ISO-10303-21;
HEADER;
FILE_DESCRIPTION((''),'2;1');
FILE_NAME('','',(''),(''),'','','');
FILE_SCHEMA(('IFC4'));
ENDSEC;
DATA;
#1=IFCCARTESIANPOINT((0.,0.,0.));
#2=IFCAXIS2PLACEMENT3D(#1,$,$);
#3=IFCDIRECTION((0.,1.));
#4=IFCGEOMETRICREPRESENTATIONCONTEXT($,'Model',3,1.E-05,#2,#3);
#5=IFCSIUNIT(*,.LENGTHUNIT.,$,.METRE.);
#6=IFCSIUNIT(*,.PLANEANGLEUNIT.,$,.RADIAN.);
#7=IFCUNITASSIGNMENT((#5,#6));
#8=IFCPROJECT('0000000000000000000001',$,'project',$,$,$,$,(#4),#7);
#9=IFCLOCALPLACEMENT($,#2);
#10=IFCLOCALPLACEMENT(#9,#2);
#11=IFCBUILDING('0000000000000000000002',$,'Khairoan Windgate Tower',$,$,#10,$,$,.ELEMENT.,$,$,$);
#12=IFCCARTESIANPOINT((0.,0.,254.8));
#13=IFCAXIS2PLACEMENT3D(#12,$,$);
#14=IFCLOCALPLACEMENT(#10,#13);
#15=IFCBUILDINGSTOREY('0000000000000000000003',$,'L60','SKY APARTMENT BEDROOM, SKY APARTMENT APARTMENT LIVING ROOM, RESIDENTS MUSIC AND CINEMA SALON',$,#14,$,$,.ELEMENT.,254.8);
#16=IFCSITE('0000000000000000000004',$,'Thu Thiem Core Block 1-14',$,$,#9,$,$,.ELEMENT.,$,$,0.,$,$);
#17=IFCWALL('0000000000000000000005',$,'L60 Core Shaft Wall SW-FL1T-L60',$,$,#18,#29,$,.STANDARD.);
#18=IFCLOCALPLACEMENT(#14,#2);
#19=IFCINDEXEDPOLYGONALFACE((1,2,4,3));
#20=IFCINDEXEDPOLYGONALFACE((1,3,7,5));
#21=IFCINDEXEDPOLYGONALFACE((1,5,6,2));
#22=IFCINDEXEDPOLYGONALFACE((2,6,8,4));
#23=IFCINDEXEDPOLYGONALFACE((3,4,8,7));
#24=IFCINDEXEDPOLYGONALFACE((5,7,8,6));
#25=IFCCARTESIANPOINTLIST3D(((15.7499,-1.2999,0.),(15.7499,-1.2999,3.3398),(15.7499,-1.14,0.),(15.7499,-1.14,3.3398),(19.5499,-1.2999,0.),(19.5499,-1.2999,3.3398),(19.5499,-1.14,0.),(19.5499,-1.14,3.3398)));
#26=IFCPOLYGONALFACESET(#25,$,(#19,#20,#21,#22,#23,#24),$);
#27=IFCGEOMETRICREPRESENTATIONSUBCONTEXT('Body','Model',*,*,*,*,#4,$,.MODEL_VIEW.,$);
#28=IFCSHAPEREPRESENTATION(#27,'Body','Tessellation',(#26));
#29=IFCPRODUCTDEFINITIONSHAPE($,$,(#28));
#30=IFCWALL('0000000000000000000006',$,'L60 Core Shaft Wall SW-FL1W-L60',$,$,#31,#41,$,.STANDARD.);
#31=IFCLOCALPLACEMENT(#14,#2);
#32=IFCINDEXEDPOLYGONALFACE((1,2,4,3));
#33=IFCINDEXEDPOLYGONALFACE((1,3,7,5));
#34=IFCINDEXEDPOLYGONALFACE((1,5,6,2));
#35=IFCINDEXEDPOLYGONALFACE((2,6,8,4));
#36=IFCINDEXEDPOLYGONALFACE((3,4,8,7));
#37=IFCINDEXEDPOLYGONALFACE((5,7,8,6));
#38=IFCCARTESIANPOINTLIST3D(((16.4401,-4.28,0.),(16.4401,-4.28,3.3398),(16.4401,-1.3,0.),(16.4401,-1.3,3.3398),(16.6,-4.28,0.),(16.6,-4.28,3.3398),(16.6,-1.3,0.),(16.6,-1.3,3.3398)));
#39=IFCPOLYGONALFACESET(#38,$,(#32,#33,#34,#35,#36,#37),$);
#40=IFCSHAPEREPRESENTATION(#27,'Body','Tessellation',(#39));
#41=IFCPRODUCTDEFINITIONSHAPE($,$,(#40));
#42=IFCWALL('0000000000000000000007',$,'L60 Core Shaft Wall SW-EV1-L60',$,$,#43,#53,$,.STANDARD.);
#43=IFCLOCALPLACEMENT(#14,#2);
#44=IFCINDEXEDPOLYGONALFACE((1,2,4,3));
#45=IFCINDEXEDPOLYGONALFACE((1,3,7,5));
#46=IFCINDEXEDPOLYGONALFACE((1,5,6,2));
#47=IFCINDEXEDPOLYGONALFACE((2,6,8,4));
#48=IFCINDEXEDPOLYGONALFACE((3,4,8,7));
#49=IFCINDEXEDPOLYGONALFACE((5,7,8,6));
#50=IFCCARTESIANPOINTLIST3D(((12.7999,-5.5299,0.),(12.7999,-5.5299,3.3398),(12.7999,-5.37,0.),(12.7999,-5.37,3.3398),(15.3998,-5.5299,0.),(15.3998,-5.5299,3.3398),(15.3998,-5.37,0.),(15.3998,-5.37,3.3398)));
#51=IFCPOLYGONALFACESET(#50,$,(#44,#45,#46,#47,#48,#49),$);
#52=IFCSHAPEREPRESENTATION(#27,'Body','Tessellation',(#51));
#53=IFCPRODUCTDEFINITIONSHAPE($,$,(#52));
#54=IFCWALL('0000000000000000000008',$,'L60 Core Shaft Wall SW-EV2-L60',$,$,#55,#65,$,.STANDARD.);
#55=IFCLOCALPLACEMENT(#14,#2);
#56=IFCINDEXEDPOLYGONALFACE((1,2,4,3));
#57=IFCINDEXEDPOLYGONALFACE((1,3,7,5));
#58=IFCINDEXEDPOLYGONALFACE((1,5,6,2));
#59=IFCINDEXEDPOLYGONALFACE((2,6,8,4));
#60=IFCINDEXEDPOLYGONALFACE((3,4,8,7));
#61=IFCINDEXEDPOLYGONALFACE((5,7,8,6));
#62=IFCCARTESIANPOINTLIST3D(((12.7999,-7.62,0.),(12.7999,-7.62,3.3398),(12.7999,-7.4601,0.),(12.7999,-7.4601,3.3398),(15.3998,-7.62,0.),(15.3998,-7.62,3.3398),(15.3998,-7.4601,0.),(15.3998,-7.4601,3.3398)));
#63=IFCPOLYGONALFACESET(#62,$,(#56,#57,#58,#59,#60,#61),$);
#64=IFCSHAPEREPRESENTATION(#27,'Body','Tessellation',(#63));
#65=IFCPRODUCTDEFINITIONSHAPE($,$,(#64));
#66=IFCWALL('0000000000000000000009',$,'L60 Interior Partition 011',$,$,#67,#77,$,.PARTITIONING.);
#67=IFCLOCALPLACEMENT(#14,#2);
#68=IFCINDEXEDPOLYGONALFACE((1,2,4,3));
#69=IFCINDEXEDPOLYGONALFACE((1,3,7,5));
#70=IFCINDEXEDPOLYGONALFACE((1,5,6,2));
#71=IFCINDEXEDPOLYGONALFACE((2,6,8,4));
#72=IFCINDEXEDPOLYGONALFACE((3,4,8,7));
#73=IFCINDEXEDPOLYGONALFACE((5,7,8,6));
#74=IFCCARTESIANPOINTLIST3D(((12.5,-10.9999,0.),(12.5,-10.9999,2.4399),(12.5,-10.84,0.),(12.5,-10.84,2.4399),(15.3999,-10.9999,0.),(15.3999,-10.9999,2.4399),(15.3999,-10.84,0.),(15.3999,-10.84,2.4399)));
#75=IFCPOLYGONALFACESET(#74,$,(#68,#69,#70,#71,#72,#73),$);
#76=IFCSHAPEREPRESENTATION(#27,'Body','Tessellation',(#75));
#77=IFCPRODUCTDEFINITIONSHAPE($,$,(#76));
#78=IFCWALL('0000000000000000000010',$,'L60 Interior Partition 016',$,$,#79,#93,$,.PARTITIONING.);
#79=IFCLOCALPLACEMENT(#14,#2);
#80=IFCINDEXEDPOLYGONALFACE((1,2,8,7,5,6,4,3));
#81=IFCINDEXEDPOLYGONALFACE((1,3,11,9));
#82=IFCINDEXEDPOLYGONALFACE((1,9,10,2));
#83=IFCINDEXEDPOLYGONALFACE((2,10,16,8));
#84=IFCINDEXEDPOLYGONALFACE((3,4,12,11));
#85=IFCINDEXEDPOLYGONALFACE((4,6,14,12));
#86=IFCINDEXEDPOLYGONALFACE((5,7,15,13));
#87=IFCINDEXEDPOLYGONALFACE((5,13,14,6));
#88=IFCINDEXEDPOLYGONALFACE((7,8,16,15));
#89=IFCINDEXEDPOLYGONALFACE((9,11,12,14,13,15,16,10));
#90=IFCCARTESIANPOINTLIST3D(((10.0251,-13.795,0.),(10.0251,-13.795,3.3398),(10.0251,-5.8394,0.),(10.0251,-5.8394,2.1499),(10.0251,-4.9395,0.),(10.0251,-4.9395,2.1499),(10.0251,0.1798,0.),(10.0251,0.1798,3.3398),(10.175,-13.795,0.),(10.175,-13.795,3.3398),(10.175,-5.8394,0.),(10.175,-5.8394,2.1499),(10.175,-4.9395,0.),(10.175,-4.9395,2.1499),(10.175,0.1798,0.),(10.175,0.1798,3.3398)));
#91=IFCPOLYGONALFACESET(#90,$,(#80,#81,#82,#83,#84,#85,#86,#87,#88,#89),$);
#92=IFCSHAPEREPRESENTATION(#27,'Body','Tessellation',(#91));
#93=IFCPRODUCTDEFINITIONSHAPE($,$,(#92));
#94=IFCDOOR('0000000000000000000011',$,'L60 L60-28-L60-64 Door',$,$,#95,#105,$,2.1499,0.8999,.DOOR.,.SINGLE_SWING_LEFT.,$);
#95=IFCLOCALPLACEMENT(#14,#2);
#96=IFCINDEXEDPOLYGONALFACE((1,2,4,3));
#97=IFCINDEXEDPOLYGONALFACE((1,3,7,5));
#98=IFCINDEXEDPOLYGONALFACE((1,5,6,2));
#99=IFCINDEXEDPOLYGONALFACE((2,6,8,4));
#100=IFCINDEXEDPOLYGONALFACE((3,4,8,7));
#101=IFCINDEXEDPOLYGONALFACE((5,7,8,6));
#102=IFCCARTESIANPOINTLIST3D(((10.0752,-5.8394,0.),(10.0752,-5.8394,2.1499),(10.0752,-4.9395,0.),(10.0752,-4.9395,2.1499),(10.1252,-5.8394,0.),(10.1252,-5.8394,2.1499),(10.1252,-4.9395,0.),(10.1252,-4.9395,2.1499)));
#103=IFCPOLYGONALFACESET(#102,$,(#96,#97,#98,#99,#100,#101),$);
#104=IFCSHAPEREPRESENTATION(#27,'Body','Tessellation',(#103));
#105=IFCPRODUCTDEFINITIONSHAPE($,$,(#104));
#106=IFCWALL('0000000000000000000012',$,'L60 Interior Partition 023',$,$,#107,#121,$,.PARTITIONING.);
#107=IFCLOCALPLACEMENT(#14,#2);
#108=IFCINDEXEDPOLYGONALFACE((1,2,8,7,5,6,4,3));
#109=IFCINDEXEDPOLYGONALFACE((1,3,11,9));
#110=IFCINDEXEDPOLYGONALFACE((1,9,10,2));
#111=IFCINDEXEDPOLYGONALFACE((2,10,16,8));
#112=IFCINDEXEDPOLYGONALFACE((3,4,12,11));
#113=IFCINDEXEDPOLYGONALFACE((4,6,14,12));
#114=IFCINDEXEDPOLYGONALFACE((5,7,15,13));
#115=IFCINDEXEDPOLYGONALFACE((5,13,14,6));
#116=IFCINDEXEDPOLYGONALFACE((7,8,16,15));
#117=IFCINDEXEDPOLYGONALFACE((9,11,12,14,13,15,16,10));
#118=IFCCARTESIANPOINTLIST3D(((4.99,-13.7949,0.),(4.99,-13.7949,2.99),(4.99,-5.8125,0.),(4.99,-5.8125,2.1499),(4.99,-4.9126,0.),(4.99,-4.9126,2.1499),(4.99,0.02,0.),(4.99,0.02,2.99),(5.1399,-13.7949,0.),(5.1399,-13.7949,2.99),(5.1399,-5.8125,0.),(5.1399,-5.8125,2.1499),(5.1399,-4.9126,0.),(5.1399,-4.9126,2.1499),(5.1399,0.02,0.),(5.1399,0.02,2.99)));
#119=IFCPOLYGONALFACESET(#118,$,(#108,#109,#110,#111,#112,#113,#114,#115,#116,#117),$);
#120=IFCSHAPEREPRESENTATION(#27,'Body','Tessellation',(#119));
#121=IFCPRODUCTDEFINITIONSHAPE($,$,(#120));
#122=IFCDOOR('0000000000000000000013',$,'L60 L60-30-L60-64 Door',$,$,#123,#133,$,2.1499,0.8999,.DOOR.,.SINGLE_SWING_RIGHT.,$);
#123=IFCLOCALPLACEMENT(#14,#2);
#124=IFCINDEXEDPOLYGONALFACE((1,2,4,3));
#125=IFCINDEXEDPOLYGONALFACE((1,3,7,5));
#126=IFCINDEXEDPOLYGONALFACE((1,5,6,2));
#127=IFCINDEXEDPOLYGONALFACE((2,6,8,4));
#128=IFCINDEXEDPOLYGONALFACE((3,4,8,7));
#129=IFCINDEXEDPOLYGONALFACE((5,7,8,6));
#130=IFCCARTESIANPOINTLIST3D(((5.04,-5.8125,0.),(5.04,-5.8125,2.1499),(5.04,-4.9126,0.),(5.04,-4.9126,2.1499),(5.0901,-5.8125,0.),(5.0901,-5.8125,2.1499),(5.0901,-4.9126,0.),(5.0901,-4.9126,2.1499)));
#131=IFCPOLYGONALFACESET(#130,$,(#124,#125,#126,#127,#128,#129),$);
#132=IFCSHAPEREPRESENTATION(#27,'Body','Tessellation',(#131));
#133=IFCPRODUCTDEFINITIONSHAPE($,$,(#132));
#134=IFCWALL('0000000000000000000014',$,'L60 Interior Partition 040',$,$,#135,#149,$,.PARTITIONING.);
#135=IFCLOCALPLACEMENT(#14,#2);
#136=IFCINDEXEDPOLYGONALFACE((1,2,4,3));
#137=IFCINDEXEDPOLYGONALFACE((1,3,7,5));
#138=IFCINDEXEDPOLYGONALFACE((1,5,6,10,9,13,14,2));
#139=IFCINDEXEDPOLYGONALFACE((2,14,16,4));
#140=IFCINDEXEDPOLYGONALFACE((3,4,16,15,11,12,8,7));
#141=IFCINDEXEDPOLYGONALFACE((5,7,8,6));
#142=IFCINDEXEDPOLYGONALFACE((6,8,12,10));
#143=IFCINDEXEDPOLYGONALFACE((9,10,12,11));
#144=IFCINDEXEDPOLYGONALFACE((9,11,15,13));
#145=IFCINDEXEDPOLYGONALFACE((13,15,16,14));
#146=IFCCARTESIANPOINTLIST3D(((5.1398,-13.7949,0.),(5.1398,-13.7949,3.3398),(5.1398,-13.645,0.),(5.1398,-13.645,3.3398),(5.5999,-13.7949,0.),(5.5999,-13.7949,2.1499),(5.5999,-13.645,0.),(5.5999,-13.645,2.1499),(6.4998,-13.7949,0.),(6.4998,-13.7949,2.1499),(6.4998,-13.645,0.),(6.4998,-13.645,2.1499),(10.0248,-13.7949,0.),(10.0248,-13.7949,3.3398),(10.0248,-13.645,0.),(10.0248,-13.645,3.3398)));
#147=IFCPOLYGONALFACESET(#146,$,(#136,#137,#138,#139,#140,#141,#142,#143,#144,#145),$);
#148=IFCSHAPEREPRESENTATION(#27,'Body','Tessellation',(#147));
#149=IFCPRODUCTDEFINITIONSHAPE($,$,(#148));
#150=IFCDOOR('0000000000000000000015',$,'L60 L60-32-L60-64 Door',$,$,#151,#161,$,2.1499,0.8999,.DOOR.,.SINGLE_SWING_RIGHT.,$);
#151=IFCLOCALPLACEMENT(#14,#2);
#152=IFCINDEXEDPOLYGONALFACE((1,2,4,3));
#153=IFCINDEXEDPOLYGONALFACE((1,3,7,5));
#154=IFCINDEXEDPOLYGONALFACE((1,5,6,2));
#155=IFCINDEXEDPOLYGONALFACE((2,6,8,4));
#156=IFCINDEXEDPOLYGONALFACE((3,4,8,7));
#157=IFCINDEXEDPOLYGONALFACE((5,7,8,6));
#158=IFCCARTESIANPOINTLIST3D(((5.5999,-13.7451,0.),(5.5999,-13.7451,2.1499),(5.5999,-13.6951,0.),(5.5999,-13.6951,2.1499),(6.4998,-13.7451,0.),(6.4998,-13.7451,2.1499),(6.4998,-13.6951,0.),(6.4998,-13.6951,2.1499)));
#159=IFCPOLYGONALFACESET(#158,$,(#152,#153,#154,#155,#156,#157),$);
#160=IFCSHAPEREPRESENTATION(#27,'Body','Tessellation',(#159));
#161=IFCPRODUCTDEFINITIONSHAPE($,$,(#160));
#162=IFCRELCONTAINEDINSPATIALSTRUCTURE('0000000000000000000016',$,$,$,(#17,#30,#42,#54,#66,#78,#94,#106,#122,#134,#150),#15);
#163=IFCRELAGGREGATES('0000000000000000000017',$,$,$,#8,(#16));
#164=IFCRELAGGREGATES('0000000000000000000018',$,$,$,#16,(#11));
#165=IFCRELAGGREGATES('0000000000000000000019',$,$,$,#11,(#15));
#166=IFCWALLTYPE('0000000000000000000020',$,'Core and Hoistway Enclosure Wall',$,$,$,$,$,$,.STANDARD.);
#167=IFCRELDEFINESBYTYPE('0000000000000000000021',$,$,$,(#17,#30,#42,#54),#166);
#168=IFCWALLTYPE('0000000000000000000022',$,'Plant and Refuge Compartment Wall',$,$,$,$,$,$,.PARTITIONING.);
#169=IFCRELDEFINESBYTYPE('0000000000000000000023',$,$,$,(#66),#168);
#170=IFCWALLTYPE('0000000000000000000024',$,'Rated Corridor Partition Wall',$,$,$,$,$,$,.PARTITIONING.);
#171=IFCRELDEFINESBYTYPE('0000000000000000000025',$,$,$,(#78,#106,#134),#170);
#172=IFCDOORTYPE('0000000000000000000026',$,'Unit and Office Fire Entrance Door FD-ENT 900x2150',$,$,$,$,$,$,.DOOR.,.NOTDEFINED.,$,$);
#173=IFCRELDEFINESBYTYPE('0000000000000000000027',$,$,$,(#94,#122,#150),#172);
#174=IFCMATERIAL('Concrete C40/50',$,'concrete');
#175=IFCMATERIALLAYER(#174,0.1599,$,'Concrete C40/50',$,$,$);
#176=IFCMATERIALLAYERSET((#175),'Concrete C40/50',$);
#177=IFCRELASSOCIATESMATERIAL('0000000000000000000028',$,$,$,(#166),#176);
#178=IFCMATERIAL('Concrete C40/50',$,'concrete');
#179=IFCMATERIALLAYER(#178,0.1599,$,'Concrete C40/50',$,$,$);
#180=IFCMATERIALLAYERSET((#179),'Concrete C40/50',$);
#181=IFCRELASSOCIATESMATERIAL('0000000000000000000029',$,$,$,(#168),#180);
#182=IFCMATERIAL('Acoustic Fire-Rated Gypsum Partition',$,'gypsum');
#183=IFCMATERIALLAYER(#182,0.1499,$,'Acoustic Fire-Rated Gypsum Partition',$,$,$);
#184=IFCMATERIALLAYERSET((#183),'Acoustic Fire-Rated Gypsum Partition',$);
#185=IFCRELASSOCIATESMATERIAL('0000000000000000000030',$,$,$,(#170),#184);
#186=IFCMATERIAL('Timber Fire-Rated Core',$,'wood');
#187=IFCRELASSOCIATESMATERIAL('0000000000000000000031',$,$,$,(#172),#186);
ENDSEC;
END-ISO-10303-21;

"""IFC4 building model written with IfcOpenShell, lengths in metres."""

from ifc_helpers import new_model, si_unit, direction, frame, frame_2d, origin, place, context, subcontext, project, spatial, rectangle, extrude, material, layer, layer_set, type_object, element, fill, save


model = new_model("IFC4")

# Units and contexts
model_context = context("Model", 3, precision=1e-05, world=origin(), true_north=direction((0.0, 1.0)))
body_context = subcontext(model_context, "Body", "Model", "MODEL_VIEW")
ifc_project = project(units=[si_unit("LENGTHUNIT", "METRE"), si_unit("PLANEANGLEUNIT", "RADIAN")], contexts=[model_context])

# Site, building, storey
site_placement = place(None, origin())
site = spatial("IfcSite", under=ifc_project, at=site_placement, Name="Thu Thiem Core Block 1-14", CompositionType="ELEMENT", RefElevation=0.0)
building_placement = place(site_placement, origin())
building = spatial("IfcBuilding", under=site, at=building_placement, Name="Khairoan Windgate Tower", CompositionType="ELEMENT")
storey_placement = place(building_placement, frame((0.0, 0.0, 254.8)))
storey = spatial("IfcBuildingStorey", under=building, at=storey_placement, Name="L60", Description="SKY APARTMENT BEDROOM, SKY APARTMENT APARTMENT LIVING ROOM, RESIDENTS MUSIC AND CINEMA SALON", CompositionType="ELEMENT", Elevation=254.8)

# Shared definitions
ifc_material_1 = material(Name="Concrete C40/50", Category="concrete")
ifc_layer_1 = layer(ifc_material_1, 0.1599, Name="Concrete C40/50")
ifc_layer_set_1 = layer_set([ifc_layer_1], Name="Concrete C40/50")
wall_type_1 = type_object("IfcWallType", Name="Core and Hoistway Enclosure Wall", PredefinedType="STANDARD", material=ifc_layer_set_1)

# Walls
wall_1_placement = place(storey_placement, frame((15.75, -1.22, 0.0), z_axis=(0.0, 0.0, 1.0), x_axis=(1.0, 0.0, 0.0)))
element("IfcWall", 1, at=wall_1_placement, inside=storey, type_object=wall_type_1, Name="L60 Core Shaft Wall SW-FL1T-L60", PredefinedType="STANDARD", context=body_context, shape_type="SweptSolid", body=[
    extrude(rectangle(XDim=3.8, YDim=0.1599, at=frame_2d((1.8999, 0.0))), origin(), (0.0, 0.0, 1.0), 3.3398),
])
wall_2_placement = place(storey_placement, frame((16.52, -4.28, 0.0), z_axis=(0.0, 0.0, 1.0), x_axis=(0.0, 1.0, 0.0)))
element("IfcWall", 2, at=wall_2_placement, inside=storey, type_object=wall_type_1, Name="L60 Core Shaft Wall SW-FL1W-L60", PredefinedType="STANDARD", context=body_context, shape_type="SweptSolid", body=[
    extrude(rectangle(XDim=2.98, YDim=0.1599, at=frame_2d((1.49, 0.0))), origin(), (0.0, 0.0, 1.0), 3.3398),
])
for number, where, z_axis, x_axis, name in (
    (3, (12.8, -5.45, 0.0), (0.0, 0.0, 1.0), (1.0, 0.0, 0.0), "L60 Core Shaft Wall SW-EV1-L60"),
    (4, (12.8, -7.54, 0.0), (0.0, 0.0, 1.0), (1.0, 0.0, 0.0), "L60 Core Shaft Wall SW-EV2-L60"),
):
    element("IfcWall", number, at=place(storey_placement, frame(where, z_axis=z_axis, x_axis=x_axis)), inside=storey, type_object=wall_type_1, Name=name, PredefinedType="STANDARD", context=body_context, shape_type="SweptSolid", body=[
        extrude(rectangle(XDim=2.5999, YDim=0.1599, at=frame_2d((1.2998, 0.0))), origin(), (0.0, 0.0, 1.0), 3.3398),
    ])
ifc_material_2 = material(Name="Concrete C40/50", Category="concrete")
ifc_layer_2 = layer(ifc_material_2, 0.1599, Name="Concrete C40/50")
ifc_layer_set_2 = layer_set([ifc_layer_2], Name="Concrete C40/50")
wall_type_2 = type_object("IfcWallType", Name="Plant and Refuge Compartment Wall", PredefinedType="PARTITIONING", material=ifc_layer_set_2)
wall_3_placement = place(storey_placement, frame((12.5, -10.9199, 0.0), z_axis=(0.0, 0.0, 1.0), x_axis=(1.0, 0.0, 0.0)))
element("IfcWall", 5, at=wall_3_placement, inside=storey, type_object=wall_type_2, Name="L60 Interior Partition 011", PredefinedType="PARTITIONING", context=body_context, shape_type="SweptSolid", body=[
    extrude(rectangle(XDim=2.8999, YDim=0.1599, at=frame_2d((1.45, 0.0))), origin(), (0.0, 0.0, 1.0), 2.4399),
])

# Walls, openings, doors
ifc_material_3 = material(Name="Acoustic Fire-Rated Gypsum Partition", Category="gypsum")
ifc_layer_3 = layer(ifc_material_3, 0.1499, Name="Acoustic Fire-Rated Gypsum Partition")
ifc_layer_set_3 = layer_set([ifc_layer_3], Name="Acoustic Fire-Rated Gypsum Partition")
wall_type_3 = type_object("IfcWallType", Name="Rated Corridor Partition Wall", PredefinedType="PARTITIONING", material=ifc_layer_set_3)
wall_4_placement = place(storey_placement, frame((10.1001, -13.7949, 0.0), z_axis=(0.0, 0.0, 1.0), x_axis=(0.0, 1.0, 0.0)))
wall_4 = element("IfcWall", 6, at=wall_4_placement, inside=storey, type_object=wall_type_3, Name="L60 Interior Partition 016", PredefinedType="PARTITIONING", context=body_context, shape_type="SweptSolid", body=[
    extrude(rectangle(XDim=13.9749, YDim=0.1499, at=frame_2d((6.9873, 0.0))), origin(), (0.0, 0.0, 1.0), 3.3398),
])
opening_1_placement = place(wall_4_placement, frame((7.9556, 0.0, 0.0)))
opening_1 = element("IfcOpeningElement", 7, at=opening_1_placement, cuts=wall_4, PredefinedType="OPENING", context=body_context, shape_type="SweptSolid", body=[
    extrude(rectangle(XDim=0.8999, YDim=2.1499, at=frame_2d((0.45, 1.075))), frame((0.0, 0.085, 0.0), z_axis=(0.0, -1.0, 0.0), x_axis=(1.0, 0.0, 0.0)), (0.0, 0.0, 1.0), 0.1699),
])
ifc_material_4 = material(Name="Timber Fire-Rated Core", Category="wood")
door_type_1 = type_object("IfcDoorType", Name="Unit and Office Fire Entrance Door FD-ENT 900x2150", OperationType="NOTDEFINED", PredefinedType="DOOR", material=ifc_material_4)
door_1_placement = place(opening_1_placement, origin())
door_1 = element("IfcDoor", 8, at=door_1_placement, inside=storey, type_object=door_type_1, Name="L60 L60-28-L60-64 Door", OperationType="SINGLE_SWING_LEFT", OverallHeight=2.1499, OverallWidth=0.8999, PredefinedType="DOOR", context=body_context, shape_type="SweptSolid", body=[
    extrude(rectangle(XDim=0.8999, YDim=2.1499, at=frame_2d((0.45, 1.075))), frame((0.0, 0.0249, 0.0), z_axis=(0.0, -1.0, 0.0), x_axis=(1.0, 0.0, 0.0)), (0.0, 0.0, 1.0), 0.05),
])
fill(opening_1, door_1)
wall_5_placement = place(storey_placement, frame((5.0649, -13.7949, 0.0), z_axis=(0.0, 0.0, 1.0), x_axis=(0.0, 1.0, 0.0)))
wall_5 = element("IfcWall", 9, at=wall_5_placement, inside=storey, type_object=wall_type_3, Name="L60 Interior Partition 023", PredefinedType="PARTITIONING", context=body_context, shape_type="SweptSolid", body=[
    extrude(rectangle(XDim=13.8149, YDim=0.1499, at=frame_2d((6.9075, 0.0))), origin(), (0.0, 0.0, 1.0), 2.99),
])
opening_2_placement = place(wall_5_placement, frame((7.9824, 0.0, 0.0)))
opening_2 = element("IfcOpeningElement", 10, at=opening_2_placement, cuts=wall_5, PredefinedType="OPENING", context=body_context, shape_type="SweptSolid", body=[
    extrude(rectangle(XDim=0.8999, YDim=2.1499, at=frame_2d((0.45, 1.075))), frame((0.0, 0.085, 0.0), z_axis=(0.0, -1.0, 0.0), x_axis=(1.0, 0.0, 0.0)), (0.0, 0.0, 1.0), 0.1699),
])
door_2_placement = place(opening_2_placement, origin())
door_2 = element("IfcDoor", 11, at=door_2_placement, inside=storey, type_object=door_type_1, Name="L60 L60-30-L60-64 Door", OperationType="SINGLE_SWING_RIGHT", OverallHeight=2.1499, OverallWidth=0.8999, PredefinedType="DOOR", context=body_context, shape_type="SweptSolid", body=[
    extrude(rectangle(XDim=0.8999, YDim=2.1499, at=frame_2d((0.45, 1.075))), frame((0.0, 0.0249, 0.0), z_axis=(0.0, -1.0, 0.0), x_axis=(1.0, 0.0, 0.0)), (0.0, 0.0, 1.0), 0.05),
])
fill(opening_2, door_2)
wall_6_placement = place(storey_placement, frame((5.1399, -13.72, 0.0), z_axis=(0.0, 0.0, 1.0), x_axis=(1.0, 0.0, 0.0)))
wall_6 = element("IfcWall", 12, at=wall_6_placement, inside=storey, type_object=wall_type_3, Name="L60 Interior Partition 040", PredefinedType="PARTITIONING", context=body_context, shape_type="SweptSolid", body=[
    extrude(rectangle(XDim=4.885, YDim=0.1499, at=frame_2d((2.4424, 0.0))), origin(), (0.0, 0.0, 1.0), 3.3398),
])
opening_3_placement = place(wall_6_placement, frame((0.46, 0.0, 0.0)))
opening_3 = element("IfcOpeningElement", 13, at=opening_3_placement, cuts=wall_6, PredefinedType="OPENING", context=body_context, shape_type="SweptSolid", body=[
    extrude(rectangle(XDim=0.8999, YDim=2.1499, at=frame_2d((0.45, 1.075))), frame((0.0, 0.085, 0.0), z_axis=(0.0, -1.0, 0.0), x_axis=(1.0, 0.0, 0.0)), (0.0, 0.0, 1.0), 0.1699),
])
door_3_placement = place(opening_3_placement, origin())
door_3 = element("IfcDoor", 14, at=door_3_placement, inside=storey, type_object=door_type_1, Name="L60 L60-32-L60-64 Door", OperationType="SINGLE_SWING_RIGHT", OverallHeight=2.1499, OverallWidth=0.8999, PredefinedType="DOOR", context=body_context, shape_type="SweptSolid", body=[
    extrude(rectangle(XDim=0.8999, YDim=2.1499, at=frame_2d((0.45, 1.075))), frame((0.0, 0.0249, 0.0), z_axis=(0.0, -1.0, 0.0), x_axis=(1.0, 0.0, 0.0)), (0.0, 0.0, 1.0), 0.05),
])
fill(opening_3, door_3)

save(model, "model.ifc")
